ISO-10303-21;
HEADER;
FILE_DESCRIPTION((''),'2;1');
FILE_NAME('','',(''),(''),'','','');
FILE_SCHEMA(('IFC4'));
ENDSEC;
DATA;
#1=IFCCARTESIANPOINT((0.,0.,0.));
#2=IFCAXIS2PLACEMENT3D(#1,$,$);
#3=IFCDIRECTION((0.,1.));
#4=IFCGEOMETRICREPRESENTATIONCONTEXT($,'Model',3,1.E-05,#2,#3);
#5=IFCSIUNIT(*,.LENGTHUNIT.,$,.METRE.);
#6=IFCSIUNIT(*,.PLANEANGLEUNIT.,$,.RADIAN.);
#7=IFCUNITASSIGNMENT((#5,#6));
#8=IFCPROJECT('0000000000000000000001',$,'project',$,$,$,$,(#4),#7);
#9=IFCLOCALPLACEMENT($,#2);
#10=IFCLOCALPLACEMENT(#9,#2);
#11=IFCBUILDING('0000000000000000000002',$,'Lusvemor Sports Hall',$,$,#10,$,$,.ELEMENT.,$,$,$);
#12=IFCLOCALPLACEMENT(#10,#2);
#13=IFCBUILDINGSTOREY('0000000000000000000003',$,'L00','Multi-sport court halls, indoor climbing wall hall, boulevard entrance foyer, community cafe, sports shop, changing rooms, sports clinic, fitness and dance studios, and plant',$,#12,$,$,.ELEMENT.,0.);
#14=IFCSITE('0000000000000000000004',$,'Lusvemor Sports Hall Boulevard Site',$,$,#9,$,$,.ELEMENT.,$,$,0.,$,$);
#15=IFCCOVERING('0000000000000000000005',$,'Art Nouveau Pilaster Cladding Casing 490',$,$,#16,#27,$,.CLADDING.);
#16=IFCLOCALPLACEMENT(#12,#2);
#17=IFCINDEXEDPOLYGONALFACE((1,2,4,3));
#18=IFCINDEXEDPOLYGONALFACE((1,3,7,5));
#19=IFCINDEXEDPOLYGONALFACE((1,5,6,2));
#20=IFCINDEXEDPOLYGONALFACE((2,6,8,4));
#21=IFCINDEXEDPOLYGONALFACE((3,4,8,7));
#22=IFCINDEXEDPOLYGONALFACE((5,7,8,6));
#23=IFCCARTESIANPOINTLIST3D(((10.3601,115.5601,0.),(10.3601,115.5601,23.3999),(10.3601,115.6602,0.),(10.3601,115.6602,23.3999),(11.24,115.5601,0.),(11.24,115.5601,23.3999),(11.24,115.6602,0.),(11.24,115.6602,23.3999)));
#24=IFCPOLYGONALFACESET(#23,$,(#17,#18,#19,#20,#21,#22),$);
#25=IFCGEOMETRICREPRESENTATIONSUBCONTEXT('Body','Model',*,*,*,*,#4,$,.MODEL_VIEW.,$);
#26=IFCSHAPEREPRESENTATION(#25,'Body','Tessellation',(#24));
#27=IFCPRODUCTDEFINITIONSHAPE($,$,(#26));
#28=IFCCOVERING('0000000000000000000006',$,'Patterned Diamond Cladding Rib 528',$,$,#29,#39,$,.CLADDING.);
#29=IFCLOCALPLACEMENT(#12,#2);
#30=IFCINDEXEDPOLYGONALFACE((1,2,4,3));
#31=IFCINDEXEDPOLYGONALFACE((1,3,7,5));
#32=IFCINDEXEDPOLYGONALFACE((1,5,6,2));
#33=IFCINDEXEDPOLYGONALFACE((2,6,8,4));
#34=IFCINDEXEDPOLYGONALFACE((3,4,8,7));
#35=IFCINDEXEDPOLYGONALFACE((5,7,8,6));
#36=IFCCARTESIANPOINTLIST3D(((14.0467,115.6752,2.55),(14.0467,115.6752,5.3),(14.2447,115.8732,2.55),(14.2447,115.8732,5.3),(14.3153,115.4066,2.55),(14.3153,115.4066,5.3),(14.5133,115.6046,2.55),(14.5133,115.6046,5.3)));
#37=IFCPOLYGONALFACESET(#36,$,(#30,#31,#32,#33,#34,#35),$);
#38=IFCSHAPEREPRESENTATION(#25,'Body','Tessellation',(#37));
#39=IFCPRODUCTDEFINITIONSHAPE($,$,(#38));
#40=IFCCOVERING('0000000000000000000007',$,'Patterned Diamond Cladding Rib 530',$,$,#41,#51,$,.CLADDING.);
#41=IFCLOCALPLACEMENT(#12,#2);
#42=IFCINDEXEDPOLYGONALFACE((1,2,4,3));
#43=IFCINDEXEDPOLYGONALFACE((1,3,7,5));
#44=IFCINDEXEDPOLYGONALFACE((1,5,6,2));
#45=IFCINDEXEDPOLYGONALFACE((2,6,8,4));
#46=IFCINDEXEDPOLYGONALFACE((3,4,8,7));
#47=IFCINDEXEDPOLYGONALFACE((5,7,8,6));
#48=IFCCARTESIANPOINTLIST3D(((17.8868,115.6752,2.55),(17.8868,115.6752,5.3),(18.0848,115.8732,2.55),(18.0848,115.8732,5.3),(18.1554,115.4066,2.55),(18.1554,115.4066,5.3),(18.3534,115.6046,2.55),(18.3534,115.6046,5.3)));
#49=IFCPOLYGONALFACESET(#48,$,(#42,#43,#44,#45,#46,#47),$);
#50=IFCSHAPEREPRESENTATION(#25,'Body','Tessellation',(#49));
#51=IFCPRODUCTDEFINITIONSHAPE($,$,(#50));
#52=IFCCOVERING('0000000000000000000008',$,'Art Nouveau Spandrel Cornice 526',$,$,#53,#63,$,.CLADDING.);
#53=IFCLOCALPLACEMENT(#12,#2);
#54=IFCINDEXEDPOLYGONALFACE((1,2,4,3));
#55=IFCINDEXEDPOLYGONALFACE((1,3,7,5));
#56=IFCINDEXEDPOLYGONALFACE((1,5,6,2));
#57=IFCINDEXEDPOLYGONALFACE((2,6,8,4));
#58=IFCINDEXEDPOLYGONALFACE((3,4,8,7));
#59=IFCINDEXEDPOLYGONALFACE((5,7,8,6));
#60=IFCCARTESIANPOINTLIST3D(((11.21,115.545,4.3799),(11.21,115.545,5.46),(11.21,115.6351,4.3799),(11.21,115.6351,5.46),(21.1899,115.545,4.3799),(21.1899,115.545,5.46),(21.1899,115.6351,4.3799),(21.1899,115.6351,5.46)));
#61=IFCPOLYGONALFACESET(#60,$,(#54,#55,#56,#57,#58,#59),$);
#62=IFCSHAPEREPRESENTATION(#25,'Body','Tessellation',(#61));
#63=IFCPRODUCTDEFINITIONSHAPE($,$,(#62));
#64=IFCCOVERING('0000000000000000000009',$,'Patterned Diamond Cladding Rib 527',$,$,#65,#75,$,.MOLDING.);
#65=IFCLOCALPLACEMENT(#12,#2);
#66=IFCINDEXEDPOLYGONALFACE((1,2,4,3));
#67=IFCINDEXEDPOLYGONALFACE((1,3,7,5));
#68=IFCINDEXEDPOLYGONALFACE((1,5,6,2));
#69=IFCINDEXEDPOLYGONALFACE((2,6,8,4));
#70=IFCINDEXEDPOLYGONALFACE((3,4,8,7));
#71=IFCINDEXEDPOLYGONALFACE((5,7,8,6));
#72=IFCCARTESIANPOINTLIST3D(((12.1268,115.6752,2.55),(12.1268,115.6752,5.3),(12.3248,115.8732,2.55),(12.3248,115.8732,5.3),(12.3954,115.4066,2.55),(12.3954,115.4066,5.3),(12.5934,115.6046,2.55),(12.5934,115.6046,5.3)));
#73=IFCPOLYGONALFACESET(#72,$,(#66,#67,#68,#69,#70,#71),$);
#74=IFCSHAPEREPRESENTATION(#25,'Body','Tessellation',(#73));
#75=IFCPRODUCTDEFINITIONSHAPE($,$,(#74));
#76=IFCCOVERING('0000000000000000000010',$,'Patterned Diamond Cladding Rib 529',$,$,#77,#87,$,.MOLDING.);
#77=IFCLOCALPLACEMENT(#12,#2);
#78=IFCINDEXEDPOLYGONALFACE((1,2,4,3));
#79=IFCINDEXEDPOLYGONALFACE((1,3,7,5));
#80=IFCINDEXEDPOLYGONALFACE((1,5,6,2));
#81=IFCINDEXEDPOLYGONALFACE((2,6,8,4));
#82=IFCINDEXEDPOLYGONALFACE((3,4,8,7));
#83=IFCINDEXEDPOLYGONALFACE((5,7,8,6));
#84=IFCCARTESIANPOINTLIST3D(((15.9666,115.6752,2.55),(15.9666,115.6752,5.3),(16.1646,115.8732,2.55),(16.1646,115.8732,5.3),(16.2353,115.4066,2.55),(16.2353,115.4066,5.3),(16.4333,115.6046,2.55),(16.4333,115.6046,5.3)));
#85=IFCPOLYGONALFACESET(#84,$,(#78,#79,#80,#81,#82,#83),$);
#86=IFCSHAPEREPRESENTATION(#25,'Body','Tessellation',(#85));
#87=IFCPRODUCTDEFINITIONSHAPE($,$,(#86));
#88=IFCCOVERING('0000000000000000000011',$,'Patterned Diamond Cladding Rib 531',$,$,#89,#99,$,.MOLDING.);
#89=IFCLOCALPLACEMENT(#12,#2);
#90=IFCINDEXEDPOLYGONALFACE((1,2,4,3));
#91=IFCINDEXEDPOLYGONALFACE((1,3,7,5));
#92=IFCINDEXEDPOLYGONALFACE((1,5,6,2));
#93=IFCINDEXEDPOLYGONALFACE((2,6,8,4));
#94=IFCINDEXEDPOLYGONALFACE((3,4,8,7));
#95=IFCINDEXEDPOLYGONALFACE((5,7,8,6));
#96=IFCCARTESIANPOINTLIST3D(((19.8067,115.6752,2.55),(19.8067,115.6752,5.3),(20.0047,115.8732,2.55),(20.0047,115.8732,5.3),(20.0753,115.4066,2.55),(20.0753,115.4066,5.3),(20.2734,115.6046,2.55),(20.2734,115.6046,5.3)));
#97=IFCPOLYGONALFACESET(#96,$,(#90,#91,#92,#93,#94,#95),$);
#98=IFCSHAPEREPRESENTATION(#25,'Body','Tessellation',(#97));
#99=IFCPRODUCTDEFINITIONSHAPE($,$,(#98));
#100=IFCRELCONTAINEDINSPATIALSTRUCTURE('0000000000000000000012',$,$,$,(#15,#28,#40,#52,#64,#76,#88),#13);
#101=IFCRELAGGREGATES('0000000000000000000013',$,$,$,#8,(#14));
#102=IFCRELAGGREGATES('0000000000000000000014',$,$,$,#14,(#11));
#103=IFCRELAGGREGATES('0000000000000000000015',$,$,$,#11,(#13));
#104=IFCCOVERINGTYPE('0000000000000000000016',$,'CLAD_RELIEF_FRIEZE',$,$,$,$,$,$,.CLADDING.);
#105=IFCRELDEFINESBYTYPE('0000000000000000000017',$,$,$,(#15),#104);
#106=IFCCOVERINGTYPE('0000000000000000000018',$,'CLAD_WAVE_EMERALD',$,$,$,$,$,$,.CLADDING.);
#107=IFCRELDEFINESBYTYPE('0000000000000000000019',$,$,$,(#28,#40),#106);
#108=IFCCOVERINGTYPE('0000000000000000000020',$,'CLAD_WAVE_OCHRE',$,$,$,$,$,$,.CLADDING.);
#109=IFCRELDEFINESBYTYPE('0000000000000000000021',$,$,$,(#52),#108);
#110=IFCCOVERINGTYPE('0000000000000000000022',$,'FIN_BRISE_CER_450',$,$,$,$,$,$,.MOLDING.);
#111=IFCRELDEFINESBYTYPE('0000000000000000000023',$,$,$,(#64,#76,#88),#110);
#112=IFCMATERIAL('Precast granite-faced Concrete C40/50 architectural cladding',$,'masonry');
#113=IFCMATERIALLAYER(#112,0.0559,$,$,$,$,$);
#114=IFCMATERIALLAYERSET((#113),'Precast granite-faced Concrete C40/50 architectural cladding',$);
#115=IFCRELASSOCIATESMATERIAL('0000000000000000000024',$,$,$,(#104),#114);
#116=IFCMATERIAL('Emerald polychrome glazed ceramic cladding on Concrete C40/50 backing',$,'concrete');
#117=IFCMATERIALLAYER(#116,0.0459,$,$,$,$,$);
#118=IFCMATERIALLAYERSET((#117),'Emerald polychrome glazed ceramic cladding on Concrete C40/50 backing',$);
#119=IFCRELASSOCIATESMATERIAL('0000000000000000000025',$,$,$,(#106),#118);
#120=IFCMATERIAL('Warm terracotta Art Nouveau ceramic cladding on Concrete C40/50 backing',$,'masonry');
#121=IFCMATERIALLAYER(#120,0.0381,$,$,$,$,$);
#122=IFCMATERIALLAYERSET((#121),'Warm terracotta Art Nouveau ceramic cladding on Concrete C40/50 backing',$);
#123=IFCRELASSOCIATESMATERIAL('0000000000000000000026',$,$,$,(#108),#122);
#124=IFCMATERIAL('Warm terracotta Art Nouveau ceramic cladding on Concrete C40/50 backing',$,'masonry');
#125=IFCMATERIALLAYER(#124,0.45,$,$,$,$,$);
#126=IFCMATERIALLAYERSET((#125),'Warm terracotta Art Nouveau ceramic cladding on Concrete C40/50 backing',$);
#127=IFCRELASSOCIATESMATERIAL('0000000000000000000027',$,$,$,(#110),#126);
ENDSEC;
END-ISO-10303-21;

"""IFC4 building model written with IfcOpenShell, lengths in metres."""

from ifc_helpers import new_model, si_unit, direction, frame, origin, origin_2d, place, context, subcontext, project, spatial, rectangle, extrude, material, layer, layer_set, type_object, element, save


model = new_model("IFC4")

# Units and contexts
model_context = context("Model", 3, precision=1e-05, world=origin(), true_north=direction((0.0, 1.0)))
body_context = subcontext(model_context, "Body", "Model", "MODEL_VIEW")
ifc_project = project(units=[si_unit("LENGTHUNIT", "METRE"), si_unit("PLANEANGLEUNIT", "RADIAN")], contexts=[model_context])

# Site, building, storey
site_placement = place(None, origin())
site = spatial("IfcSite", under=ifc_project, at=site_placement, Name="Lusvemor Sports Hall Boulevard Site", CompositionType="ELEMENT", RefElevation=0.0)
building_placement = place(site_placement, origin())
building = spatial("IfcBuilding", under=site, at=building_placement, Name="Lusvemor Sports Hall", CompositionType="ELEMENT")
storey_placement = place(building_placement, origin())
storey = spatial("IfcBuildingStorey", under=building, at=storey_placement, Name="L00", Description="Multi-sport court halls, indoor climbing wall hall, boulevard entrance foyer, community cafe, sports shop, changing rooms, sports clinic, fitness and dance studios, and plant", CompositionType="ELEMENT", Elevation=0.0)

# Coverings
ifc_material_1 = material(Name="Precast granite-faced Concrete C40/50 architectural cladding", Category="masonry")
ifc_layer_1 = layer(ifc_material_1, 0.0559)
ifc_layer_set_1 = layer_set([ifc_layer_1], Name="Precast granite-faced Concrete C40/50 architectural cladding")
covering_type_1 = type_object("IfcCoveringType", Name="CLAD_RELIEF_FRIEZE", PredefinedType="CLADDING", material=ifc_layer_set_1)
covering_1_placement = place(storey_placement, frame((10.8, 115.6101, 0.0), z_axis=(0.0, 0.0, 1.0), x_axis=(1.0, 0.0, 0.0)))
element("IfcCovering", 1, at=covering_1_placement, inside=storey, type_object=covering_type_1, Name="Art Nouveau Pilaster Cladding Casing 490", PredefinedType="CLADDING", context=body_context, shape_type="SweptSolid", body=[
    extrude(rectangle(XDim=0.8799, YDim=0.1001, at=origin_2d()), origin(), (0.0, 0.0, 1.0), 23.3999),
])
ifc_material_2 = material(Name="Emerald polychrome glazed ceramic cladding on Concrete C40/50 backing", Category="concrete")
ifc_layer_2 = layer(ifc_material_2, 0.0459)
ifc_layer_set_2 = layer_set([ifc_layer_2], Name="Emerald polychrome glazed ceramic cladding on Concrete C40/50 backing")
covering_type_2 = type_object("IfcCoveringType", Name="CLAD_WAVE_EMERALD", PredefinedType="CLADDING", material=ifc_layer_set_2)
for number, where, z_axis, x_axis, name in (
    (2, (14.28, 115.6399, 2.55), (0.0, 0.0, 1.0), (0.707107, 0.707107, 0.0), "Patterned Diamond Cladding Rib 528"),
    (3, (18.1201, 115.6399, 2.55), (0.0, 0.0, 1.0), (0.707107, 0.707107, 0.0), "Patterned Diamond Cladding Rib 530"),
):
    element("IfcCovering", number, at=place(storey_placement, frame(where, z_axis=z_axis, x_axis=x_axis)), inside=storey, type_object=covering_type_2, Name=name, PredefinedType="CLADDING", context=body_context, shape_type="SweptSolid", body=[
        extrude(rectangle(XDim=0.28, YDim=0.3799, at=origin_2d()), origin(), (0.0, 0.0, 1.0), 2.75),
    ])
ifc_material_3 = material(Name="Warm terracotta Art Nouveau ceramic cladding on Concrete C40/50 backing", Category="masonry")
ifc_layer_3 = layer(ifc_material_3, 0.0381)
ifc_layer_set_3 = layer_set([ifc_layer_3], Name="Warm terracotta Art Nouveau ceramic cladding on Concrete C40/50 backing")
covering_type_3 = type_object("IfcCoveringType", Name="CLAD_WAVE_OCHRE", PredefinedType="CLADDING", material=ifc_layer_set_3)
covering_2_placement = place(storey_placement, frame((16.2, 115.5901, 4.3799), z_axis=(0.0, 0.0, 1.0), x_axis=(1.0, 0.0, 0.0)))
element("IfcCovering", 4, at=covering_2_placement, inside=storey, type_object=covering_type_3, Name="Art Nouveau Spandrel Cornice 526", PredefinedType="CLADDING", context=body_context, shape_type="SweptSolid", body=[
    extrude(rectangle(XDim=9.98, YDim=0.0901, at=origin_2d()), origin(), (0.0, 0.0, 1.0), 1.0801),
])
ifc_material_4 = material(Name="Warm terracotta Art Nouveau ceramic cladding on Concrete C40/50 backing", Category="masonry")
ifc_layer_4 = layer(ifc_material_4, 0.45)
ifc_layer_set_4 = layer_set([ifc_layer_4], Name="Warm terracotta Art Nouveau ceramic cladding on Concrete C40/50 backing")
covering_type_4 = type_object("IfcCoveringType", Name="FIN_BRISE_CER_450", PredefinedType="MOLDING", material=ifc_layer_set_4)
for number, where, z_axis, x_axis, name in (
    (5, (12.3601, 115.6399, 2.55), (0.0, 0.0, 1.0), (0.707107, 0.707107, 0.0), "Patterned Diamond Cladding Rib 527"),
    (6, (16.2, 115.6399, 2.55), (0.0, 0.0, 1.0), (0.707107, 0.707107, 0.0), "Patterned Diamond Cladding Rib 529"),
    (7, (20.04, 115.6399, 2.55), (0.0, 0.0, 1.0), (0.707107, 0.707107, 0.0), "Patterned Diamond Cladding Rib 531"),
):
    element("IfcCovering", number, at=place(storey_placement, frame(where, z_axis=z_axis, x_axis=x_axis)), inside=storey, type_object=covering_type_4, Name=name, PredefinedType="MOLDING", context=body_context, shape_type="SweptSolid", body=[
        extrude(rectangle(XDim=0.28, YDim=0.3799, at=origin_2d()), origin(), (0.0, 0.0, 1.0), 2.75),
    ])

save(model, "model.ifc")
